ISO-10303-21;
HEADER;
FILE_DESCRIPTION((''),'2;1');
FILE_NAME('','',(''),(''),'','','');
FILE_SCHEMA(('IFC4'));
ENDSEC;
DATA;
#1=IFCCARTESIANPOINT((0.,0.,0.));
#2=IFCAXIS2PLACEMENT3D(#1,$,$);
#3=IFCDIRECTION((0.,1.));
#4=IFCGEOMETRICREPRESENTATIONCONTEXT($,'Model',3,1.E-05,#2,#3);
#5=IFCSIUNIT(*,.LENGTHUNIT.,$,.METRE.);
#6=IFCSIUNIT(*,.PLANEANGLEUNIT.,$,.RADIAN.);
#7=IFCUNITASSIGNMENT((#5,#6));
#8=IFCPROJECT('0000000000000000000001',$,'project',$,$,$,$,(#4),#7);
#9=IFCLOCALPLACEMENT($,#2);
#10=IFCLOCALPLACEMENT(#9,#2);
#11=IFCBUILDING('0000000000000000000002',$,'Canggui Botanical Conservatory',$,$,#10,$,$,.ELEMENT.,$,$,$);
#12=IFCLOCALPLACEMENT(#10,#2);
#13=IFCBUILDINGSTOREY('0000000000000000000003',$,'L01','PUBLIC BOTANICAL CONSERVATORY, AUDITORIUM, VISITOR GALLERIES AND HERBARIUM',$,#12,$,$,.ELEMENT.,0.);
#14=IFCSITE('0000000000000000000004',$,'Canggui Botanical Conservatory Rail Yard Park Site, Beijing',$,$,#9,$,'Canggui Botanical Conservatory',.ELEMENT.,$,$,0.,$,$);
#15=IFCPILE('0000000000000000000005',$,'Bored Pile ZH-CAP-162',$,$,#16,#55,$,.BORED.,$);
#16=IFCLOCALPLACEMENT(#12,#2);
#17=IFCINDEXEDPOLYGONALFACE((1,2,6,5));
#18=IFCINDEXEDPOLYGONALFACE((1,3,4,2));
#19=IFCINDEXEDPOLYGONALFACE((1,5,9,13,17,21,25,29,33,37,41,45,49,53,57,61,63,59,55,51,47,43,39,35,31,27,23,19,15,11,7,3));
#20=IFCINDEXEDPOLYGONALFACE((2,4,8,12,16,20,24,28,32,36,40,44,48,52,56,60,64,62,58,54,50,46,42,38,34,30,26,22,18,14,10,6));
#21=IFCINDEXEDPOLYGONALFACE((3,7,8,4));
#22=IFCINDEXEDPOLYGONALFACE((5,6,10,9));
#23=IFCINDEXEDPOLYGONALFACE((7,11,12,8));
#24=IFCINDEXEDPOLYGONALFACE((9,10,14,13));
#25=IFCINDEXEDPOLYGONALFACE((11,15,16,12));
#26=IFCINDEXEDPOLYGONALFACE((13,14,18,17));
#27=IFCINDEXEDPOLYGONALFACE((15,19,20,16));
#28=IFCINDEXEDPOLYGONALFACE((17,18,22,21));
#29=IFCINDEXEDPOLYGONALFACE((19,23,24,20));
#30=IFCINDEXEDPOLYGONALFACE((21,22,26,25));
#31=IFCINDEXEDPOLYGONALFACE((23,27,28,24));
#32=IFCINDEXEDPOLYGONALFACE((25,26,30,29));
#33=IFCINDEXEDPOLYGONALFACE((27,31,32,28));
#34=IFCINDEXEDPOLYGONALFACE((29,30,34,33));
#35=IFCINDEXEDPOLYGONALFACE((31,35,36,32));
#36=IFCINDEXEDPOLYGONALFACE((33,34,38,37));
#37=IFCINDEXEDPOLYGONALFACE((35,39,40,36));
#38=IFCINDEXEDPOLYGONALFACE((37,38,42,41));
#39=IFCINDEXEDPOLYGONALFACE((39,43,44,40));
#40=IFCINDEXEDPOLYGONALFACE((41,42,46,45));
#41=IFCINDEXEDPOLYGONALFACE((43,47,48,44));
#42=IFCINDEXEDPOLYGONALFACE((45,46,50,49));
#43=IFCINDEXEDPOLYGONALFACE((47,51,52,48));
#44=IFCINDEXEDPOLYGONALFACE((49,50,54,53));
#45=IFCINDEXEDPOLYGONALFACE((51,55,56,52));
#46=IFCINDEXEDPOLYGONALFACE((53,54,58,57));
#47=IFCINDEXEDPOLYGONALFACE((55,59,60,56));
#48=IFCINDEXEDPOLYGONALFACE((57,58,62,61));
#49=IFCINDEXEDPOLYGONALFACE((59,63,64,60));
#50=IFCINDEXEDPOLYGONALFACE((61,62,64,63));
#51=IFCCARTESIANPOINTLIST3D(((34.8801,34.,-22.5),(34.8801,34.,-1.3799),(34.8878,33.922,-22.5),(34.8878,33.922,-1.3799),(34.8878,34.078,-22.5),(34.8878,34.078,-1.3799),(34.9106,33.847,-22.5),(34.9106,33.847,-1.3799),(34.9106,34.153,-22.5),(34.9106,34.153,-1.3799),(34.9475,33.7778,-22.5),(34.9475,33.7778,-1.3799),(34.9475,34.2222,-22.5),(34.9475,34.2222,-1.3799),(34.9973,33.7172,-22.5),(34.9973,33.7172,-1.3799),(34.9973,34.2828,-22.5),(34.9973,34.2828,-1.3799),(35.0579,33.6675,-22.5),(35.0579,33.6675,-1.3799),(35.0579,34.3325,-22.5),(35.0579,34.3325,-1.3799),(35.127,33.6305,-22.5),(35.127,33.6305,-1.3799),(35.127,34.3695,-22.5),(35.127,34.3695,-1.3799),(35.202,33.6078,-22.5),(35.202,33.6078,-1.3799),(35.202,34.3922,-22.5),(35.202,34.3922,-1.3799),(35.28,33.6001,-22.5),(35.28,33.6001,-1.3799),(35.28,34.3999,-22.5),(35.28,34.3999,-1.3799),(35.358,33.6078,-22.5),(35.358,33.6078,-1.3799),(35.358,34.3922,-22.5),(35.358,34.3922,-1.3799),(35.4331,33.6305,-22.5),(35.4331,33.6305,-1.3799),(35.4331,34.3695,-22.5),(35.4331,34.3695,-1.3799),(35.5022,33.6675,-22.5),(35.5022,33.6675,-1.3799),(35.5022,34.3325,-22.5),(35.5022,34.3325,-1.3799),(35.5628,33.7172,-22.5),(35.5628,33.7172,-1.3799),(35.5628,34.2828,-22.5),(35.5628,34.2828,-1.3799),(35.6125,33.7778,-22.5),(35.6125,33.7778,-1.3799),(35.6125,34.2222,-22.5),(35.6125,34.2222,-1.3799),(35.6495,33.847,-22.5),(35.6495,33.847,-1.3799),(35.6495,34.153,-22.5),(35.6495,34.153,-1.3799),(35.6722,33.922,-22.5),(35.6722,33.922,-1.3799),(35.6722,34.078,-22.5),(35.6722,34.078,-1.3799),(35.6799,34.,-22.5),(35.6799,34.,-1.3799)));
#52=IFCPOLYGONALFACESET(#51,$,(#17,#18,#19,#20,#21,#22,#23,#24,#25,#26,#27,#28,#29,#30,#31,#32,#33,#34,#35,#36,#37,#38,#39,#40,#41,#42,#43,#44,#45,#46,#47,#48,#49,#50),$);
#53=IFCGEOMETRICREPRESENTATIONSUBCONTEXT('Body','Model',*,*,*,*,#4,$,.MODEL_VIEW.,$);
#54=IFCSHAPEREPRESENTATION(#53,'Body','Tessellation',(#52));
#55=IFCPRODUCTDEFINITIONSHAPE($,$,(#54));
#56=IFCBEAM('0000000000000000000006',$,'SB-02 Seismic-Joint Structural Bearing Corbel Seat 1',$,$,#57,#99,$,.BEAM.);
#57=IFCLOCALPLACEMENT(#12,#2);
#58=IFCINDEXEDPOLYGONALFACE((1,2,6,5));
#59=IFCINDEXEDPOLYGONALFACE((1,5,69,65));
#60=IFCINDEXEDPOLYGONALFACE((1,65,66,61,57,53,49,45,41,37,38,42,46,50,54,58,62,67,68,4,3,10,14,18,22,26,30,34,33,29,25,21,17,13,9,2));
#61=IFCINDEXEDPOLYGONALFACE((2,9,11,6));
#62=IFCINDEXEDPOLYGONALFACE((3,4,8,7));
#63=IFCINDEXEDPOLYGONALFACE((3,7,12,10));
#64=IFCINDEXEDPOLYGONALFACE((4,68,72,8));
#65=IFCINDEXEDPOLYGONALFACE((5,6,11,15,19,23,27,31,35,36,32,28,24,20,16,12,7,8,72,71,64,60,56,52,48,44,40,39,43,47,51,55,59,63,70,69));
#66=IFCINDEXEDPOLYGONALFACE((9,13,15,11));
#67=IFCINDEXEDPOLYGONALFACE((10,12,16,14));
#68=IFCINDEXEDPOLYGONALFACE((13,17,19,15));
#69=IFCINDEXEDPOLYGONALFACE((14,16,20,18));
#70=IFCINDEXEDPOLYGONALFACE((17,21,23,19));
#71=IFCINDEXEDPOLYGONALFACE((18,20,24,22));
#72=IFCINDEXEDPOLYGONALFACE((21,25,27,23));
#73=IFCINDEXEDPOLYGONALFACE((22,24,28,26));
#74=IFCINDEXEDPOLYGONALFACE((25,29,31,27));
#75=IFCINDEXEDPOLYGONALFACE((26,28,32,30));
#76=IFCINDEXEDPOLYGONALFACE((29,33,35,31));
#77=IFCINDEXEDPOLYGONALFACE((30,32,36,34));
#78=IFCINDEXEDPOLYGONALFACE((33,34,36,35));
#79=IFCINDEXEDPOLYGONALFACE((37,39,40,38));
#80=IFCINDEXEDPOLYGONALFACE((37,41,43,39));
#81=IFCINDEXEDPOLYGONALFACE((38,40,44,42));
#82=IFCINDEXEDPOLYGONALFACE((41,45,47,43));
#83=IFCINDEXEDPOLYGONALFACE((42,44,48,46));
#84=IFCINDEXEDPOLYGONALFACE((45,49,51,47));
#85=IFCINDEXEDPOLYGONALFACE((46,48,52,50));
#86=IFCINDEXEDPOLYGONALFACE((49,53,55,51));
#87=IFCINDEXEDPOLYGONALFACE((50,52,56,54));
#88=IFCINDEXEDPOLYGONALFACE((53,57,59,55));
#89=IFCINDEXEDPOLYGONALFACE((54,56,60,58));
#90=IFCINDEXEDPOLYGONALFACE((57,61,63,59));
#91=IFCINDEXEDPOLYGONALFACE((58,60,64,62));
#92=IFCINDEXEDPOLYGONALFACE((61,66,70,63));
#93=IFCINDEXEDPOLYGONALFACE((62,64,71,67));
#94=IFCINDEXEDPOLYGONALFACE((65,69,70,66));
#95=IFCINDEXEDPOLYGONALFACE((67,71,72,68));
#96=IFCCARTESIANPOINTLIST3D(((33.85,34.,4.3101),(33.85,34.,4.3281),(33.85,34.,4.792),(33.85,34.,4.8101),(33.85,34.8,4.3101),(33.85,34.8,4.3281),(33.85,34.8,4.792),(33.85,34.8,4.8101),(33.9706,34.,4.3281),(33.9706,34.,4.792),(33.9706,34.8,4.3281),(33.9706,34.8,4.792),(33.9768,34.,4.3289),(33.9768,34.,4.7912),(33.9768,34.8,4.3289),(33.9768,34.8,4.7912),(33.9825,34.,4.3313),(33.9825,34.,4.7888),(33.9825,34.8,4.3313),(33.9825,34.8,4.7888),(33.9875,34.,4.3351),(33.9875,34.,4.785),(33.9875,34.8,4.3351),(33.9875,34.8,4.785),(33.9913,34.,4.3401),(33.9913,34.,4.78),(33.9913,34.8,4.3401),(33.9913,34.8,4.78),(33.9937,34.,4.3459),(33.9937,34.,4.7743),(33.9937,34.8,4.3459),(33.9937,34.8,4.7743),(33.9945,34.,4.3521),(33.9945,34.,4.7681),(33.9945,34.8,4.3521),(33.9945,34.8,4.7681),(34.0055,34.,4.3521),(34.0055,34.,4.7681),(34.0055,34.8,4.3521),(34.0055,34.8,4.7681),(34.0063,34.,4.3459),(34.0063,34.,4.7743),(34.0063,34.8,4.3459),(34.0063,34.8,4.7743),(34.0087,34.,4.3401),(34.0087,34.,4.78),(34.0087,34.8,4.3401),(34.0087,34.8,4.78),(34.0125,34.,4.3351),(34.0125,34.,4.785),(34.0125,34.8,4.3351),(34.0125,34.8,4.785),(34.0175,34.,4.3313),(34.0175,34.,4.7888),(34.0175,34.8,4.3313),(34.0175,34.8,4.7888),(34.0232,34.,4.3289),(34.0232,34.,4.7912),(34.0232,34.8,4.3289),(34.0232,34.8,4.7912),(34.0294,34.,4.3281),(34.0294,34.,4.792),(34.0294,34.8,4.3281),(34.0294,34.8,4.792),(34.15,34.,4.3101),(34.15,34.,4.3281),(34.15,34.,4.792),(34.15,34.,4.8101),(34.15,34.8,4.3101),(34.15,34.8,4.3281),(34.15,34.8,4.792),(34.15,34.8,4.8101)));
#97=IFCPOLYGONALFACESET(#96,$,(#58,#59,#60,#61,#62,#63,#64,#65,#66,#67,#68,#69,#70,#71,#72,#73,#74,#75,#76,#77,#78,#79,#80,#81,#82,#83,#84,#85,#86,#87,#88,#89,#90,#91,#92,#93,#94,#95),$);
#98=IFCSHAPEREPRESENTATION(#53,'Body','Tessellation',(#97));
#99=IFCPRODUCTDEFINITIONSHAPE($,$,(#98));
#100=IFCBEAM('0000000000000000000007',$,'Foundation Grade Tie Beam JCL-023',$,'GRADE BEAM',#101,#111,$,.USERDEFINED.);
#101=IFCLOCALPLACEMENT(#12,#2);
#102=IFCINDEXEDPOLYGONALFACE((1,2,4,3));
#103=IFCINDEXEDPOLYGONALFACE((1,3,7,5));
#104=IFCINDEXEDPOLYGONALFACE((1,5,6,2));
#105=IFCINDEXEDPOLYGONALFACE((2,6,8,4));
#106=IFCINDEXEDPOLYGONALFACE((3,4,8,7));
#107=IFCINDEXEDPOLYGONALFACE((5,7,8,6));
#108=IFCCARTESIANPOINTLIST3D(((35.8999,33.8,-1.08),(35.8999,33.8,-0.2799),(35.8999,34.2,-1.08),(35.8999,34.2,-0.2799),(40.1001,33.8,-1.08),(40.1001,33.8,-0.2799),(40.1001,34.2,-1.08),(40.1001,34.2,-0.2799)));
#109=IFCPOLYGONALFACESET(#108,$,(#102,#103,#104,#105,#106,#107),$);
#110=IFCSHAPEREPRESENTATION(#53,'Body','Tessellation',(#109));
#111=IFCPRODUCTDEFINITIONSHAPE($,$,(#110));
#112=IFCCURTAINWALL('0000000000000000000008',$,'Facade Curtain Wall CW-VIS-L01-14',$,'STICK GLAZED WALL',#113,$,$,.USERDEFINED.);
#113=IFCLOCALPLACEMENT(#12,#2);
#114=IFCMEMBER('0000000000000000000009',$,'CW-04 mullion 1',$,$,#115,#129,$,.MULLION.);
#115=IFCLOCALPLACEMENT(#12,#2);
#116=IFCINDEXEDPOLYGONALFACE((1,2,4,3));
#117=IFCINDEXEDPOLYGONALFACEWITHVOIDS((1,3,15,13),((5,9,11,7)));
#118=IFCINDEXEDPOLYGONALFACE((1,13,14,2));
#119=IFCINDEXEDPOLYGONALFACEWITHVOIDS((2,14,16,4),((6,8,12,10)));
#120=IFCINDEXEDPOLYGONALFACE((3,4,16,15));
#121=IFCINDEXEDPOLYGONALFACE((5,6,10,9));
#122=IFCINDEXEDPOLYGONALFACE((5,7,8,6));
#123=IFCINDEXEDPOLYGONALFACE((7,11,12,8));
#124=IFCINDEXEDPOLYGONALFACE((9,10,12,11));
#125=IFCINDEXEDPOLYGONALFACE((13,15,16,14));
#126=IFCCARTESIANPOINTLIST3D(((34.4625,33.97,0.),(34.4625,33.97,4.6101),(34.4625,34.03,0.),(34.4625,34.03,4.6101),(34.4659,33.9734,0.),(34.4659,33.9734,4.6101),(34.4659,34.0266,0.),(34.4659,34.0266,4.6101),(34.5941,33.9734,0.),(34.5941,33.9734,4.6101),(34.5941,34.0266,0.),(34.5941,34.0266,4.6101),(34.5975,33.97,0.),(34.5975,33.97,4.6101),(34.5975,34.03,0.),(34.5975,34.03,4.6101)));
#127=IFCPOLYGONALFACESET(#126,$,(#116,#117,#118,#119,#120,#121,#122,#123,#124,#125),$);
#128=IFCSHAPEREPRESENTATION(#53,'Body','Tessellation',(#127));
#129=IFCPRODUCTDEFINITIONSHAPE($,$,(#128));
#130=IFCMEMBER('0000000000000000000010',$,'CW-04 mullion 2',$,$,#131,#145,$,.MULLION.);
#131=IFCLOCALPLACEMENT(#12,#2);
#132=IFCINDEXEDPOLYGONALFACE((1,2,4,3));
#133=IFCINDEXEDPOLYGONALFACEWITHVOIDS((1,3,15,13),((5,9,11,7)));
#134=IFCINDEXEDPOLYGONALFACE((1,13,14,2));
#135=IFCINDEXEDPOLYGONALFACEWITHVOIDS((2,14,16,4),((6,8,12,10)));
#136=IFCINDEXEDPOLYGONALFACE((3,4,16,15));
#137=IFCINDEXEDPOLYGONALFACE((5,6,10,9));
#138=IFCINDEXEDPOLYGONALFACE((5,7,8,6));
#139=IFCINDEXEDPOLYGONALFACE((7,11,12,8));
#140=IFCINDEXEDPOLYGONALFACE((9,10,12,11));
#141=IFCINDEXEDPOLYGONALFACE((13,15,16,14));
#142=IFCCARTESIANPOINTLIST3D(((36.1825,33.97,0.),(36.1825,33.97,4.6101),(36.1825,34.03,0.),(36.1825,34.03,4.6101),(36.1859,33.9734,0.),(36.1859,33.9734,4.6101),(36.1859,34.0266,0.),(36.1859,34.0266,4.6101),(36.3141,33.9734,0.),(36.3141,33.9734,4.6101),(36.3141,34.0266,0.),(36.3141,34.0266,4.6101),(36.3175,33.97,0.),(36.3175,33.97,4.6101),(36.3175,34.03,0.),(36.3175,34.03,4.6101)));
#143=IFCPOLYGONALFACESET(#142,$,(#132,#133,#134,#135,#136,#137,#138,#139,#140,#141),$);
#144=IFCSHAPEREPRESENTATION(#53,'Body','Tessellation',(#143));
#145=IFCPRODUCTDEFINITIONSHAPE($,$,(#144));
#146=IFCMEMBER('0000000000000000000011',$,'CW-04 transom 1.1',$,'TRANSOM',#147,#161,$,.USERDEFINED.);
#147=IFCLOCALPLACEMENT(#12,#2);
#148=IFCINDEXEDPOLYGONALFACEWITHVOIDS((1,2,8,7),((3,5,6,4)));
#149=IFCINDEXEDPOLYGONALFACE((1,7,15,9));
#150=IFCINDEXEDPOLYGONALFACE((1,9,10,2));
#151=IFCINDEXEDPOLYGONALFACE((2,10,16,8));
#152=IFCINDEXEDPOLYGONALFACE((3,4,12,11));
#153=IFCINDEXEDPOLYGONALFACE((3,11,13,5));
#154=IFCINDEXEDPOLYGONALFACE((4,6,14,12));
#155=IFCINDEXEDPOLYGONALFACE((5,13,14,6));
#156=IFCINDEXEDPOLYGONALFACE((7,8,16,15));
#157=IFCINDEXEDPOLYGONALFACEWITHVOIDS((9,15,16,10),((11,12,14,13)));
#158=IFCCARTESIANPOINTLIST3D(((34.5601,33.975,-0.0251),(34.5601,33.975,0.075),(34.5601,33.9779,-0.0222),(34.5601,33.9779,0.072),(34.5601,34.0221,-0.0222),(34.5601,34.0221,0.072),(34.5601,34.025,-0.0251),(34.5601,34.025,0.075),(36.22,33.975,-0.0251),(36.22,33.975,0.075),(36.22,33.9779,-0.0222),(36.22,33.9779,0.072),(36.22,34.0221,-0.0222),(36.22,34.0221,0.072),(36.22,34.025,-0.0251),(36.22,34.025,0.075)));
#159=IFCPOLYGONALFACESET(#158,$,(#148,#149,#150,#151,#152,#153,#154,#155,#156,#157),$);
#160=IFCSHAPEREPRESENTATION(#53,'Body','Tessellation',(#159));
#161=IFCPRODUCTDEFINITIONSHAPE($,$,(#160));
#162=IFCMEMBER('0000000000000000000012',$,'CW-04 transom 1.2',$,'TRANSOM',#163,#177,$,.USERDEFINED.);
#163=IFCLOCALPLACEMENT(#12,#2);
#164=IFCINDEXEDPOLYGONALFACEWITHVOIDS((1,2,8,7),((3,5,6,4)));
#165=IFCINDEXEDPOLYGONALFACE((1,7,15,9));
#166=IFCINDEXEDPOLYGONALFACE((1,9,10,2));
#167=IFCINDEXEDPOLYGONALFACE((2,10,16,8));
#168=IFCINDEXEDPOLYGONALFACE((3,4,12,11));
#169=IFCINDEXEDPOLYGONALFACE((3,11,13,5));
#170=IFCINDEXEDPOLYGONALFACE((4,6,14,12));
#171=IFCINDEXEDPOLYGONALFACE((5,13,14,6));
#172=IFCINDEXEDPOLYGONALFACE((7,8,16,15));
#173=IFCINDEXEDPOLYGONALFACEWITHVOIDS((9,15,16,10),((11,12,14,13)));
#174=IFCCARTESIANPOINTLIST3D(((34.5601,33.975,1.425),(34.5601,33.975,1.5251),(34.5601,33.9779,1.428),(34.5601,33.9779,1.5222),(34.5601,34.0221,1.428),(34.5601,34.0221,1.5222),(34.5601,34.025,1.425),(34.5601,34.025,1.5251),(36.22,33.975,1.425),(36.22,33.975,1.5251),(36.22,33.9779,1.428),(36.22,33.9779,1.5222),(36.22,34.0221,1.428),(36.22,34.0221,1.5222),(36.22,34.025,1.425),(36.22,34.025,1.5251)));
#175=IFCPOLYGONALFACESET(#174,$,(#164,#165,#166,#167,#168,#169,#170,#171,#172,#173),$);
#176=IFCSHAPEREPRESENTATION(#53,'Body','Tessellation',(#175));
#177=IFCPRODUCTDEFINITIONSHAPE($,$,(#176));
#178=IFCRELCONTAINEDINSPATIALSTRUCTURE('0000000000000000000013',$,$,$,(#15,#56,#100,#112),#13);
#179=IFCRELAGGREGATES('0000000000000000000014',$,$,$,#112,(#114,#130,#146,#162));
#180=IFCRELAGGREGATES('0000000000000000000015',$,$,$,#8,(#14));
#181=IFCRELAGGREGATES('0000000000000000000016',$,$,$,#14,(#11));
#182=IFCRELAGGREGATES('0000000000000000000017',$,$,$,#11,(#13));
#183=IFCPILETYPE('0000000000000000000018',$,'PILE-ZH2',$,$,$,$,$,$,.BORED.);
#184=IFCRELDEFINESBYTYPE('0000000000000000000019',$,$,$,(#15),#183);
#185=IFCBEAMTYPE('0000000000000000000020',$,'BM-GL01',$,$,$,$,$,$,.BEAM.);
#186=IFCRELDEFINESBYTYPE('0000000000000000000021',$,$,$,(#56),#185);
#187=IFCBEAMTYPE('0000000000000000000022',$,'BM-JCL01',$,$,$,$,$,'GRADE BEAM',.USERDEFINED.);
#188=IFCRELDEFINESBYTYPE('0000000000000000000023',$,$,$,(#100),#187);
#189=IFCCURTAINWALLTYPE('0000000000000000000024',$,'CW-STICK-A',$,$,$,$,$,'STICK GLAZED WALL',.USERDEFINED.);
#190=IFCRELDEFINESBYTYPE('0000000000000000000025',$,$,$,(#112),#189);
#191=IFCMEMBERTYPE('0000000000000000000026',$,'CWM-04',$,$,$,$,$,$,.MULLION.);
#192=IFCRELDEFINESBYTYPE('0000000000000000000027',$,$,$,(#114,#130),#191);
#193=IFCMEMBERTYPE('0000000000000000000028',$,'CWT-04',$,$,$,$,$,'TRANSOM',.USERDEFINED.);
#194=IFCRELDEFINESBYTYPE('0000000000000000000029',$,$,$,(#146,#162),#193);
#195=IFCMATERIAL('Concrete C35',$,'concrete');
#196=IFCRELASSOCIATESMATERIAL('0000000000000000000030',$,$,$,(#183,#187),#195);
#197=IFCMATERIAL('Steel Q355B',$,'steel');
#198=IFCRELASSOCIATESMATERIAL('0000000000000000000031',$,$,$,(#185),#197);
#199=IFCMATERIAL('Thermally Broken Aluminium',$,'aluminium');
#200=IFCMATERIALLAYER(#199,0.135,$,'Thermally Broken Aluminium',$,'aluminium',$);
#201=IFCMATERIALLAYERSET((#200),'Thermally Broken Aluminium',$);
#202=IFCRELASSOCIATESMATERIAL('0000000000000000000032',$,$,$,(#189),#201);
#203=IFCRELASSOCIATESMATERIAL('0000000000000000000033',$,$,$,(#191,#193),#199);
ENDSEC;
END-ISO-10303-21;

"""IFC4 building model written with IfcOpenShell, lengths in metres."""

from ifc_helpers import new_model, si_unit, direction, frame, origin, origin_2d, place, context, subcontext, project, spatial, rectangle, hollow_rectangle, circle, i_section, extrude, material, layer, layer_set, material_profile, profile_set, type_object, element, aggregate, save


model = new_model("IFC4")

# Units and contexts
model_context = context("Model", 3, precision=1e-05, world=origin(), true_north=direction((0.0, 1.0)))
body_context = subcontext(model_context, "Body", "Model", "MODEL_VIEW")
ifc_project = project(units=[si_unit("LENGTHUNIT", "METRE"), si_unit("PLANEANGLEUNIT", "RADIAN")], contexts=[model_context])

# Site, building, storey
site_placement = place(None, origin())
site = spatial("IfcSite", under=ifc_project, at=site_placement, Name="Canggui Botanical Conservatory Rail Yard Park Site, Beijing", LongName="Canggui Botanical Conservatory", CompositionType="ELEMENT", RefElevation=0.0)
building_placement = place(site_placement, origin())
building = spatial("IfcBuilding", under=site, at=building_placement, Name="Canggui Botanical Conservatory", CompositionType="ELEMENT")
storey_placement = place(building_placement, origin())
storey = spatial("IfcBuildingStorey", under=building, at=storey_placement, Name="L01", Description="PUBLIC BOTANICAL CONSERVATORY, AUDITORIUM, VISITOR GALLERIES AND HERBARIUM", CompositionType="ELEMENT", Elevation=0.0)

# Pile
ifc_material_1 = material(Name="Concrete C35", Category="concrete")
ifc_material_profile_1 = material_profile(ifc_material_1, circle(Radius=0.3999, at=origin_2d()), Name="PILE D800")
ifc_profile_set_1 = profile_set([ifc_material_profile_1], Name="Concrete C35")
pile_type = type_object("IfcPileType", Name="PILE-ZH2", PredefinedType="BORED", material=ifc_profile_set_1)
pile_placement = place(storey_placement, frame((35.28, 34.0, -1.3799), z_axis=(0.0, 0.0, -1.0), x_axis=(1.0, 0.0, 0.0)))
element("IfcPile", 1, at=pile_placement, inside=storey, type_object=pile_type, Name="Bored Pile ZH-CAP-162", PredefinedType="BORED", context=body_context, shape_type="SweptSolid", body=[
    extrude(circle(Radius=0.3999, at=origin_2d()), origin(), (0.0, 0.0, 1.0), 21.1201),
])

# Beams
ifc_material_2 = material(Name="Steel Q355B", Category="steel")
ifc_material_profile_2 = material_profile(ifc_material_2, i_section(OverallWidth=0.3, OverallDepth=0.5, WebThickness=0.011, FlangeThickness=0.0181, FilletRadius=0.0239, at=origin_2d()), Name="HM 500x300x11x18")
ifc_profile_set_2 = profile_set([ifc_material_profile_2], Name="Steel Q355B")
beam_type_1 = type_object("IfcBeamType", Name="BM-GL01", PredefinedType="BEAM", material=ifc_profile_set_2)
beam_1_placement = place(storey_placement, frame((34.0, 34.0, 4.5601), z_axis=(0.0, 1.0, 0.0), x_axis=(-1.0, 0.0, 0.0)))
element("IfcBeam", 2, at=beam_1_placement, inside=storey, type_object=beam_type_1, Name="SB-02 Seismic-Joint Structural Bearing Corbel Seat 1", PredefinedType="BEAM", context=body_context, shape_type="SweptSolid", body=[
    extrude(i_section(OverallWidth=0.3, OverallDepth=0.5, WebThickness=0.011, FlangeThickness=0.0181, FilletRadius=0.0239, at=origin_2d()), origin(), (0.0, 0.0, 1.0), 0.8),
])
ifc_material_profile_3 = material_profile(ifc_material_1, rectangle(XDim=0.3999, YDim=0.8, at=origin_2d()), Name="RB 400x800")
ifc_profile_set_3 = profile_set([ifc_material_profile_3], Name="Concrete C35")
beam_type_2 = type_object("IfcBeamType", Name="BM-JCL01", ElementType="GRADE BEAM", PredefinedType="USERDEFINED", material=ifc_profile_set_3)
beam_2_placement = place(storey_placement, frame((35.8999, 34.0, -0.6799), z_axis=(1.0, 0.0, 0.0), x_axis=(0.0, 1.0, 0.0)))
element("IfcBeam", 3, at=beam_2_placement, inside=storey, type_object=beam_type_2, Name="Foundation Grade Tie Beam JCL-023", ObjectType="GRADE BEAM", PredefinedType="USERDEFINED", context=body_context, shape_type="SweptSolid", body=[
    extrude(rectangle(XDim=0.3999, YDim=0.8, at=origin_2d()), origin(), (0.0, 0.0, 1.0), 4.2002),
])

# Curtain wall, members
ifc_material_3 = material(Name="Thermally Broken Aluminium", Category="aluminium")
ifc_layer_1 = layer(ifc_material_3, 0.135, Name="Thermally Broken Aluminium", Category="aluminium")
ifc_layer_set_1 = layer_set([ifc_layer_1], Name="Thermally Broken Aluminium")
curtain_wall_type = type_object("IfcCurtainWallType", Name="CW-STICK-A", ElementType="STICK GLAZED WALL", PredefinedType="USERDEFINED", material=ifc_layer_set_1)
curtain_wall_placement = place(storey_placement, origin())
curtain_wall = element("IfcCurtainWall", 4, at=curtain_wall_placement, inside=storey, type_object=curtain_wall_type, Name="Facade Curtain Wall CW-VIS-L01-14", ObjectType="STICK GLAZED WALL", PredefinedType="USERDEFINED")
ifc_material_profile_4 = material_profile(ifc_material_3, hollow_rectangle(XDim=0.0601, YDim=0.135, WallThickness=0.0034, at=origin_2d()), Name="CWM 60x135x3.5")
ifc_profile_set_4 = profile_set([ifc_material_profile_4], Name="Thermally Broken Aluminium")
member_type_1 = type_object("IfcMemberType", Name="CWM-04", PredefinedType="MULLION", material=ifc_profile_set_4)
member_1_placement = place(storey_placement, frame((34.53, 34.0, 0.0), z_axis=(0.0, 0.0, 1.0), x_axis=(0.0, 1.0, 0.0)))
member_1 = element("IfcMember", 5, at=member_1_placement, type_object=member_type_1, Name="CW-04 mullion 1", PredefinedType="MULLION", context=body_context, shape_type="SweptSolid", body=[
    extrude(hollow_rectangle(XDim=0.0601, YDim=0.135, WallThickness=0.0034, at=origin_2d()), origin(), (0.0, 0.0, 1.0), 4.6101),
])
member_2_placement = place(storey_placement, frame((36.25, 34.0, 0.0), z_axis=(0.0, 0.0, 1.0), x_axis=(0.0, 1.0, 0.0)))
member_2 = element("IfcMember", 6, at=member_2_placement, type_object=member_type_1, Name="CW-04 mullion 2", PredefinedType="MULLION", context=body_context, shape_type="SweptSolid", body=[
    extrude(hollow_rectangle(XDim=0.0601, YDim=0.135, WallThickness=0.0034, at=origin_2d()), origin(), (0.0, 0.0, 1.0), 4.6101),
])
ifc_material_profile_5 = material_profile(ifc_material_3, hollow_rectangle(XDim=0.05, YDim=0.1001, WallThickness=0.0029, at=origin_2d()), Name="CWT 50x100x3")
ifc_profile_set_5 = profile_set([ifc_material_profile_5], Name="Thermally Broken Aluminium")
member_type_2 = type_object("IfcMemberType", Name="CWT-04", ElementType="TRANSOM", PredefinedType="USERDEFINED", material=ifc_profile_set_5)
member_3_placement = place(storey_placement, frame((34.5601, 34.0, 0.0249), z_axis=(1.0, 0.0, 0.0), x_axis=(0.0, 1.0, 0.0)))
member_3 = element("IfcMember", 7, at=member_3_placement, type_object=member_type_2, Name="CW-04 transom 1.1", ObjectType="TRANSOM", PredefinedType="USERDEFINED", context=body_context, shape_type="SweptSolid", body=[
    extrude(hollow_rectangle(XDim=0.05, YDim=0.1001, WallThickness=0.0029, at=origin_2d()), origin(), (0.0, 0.0, 1.0), 1.6599),
])
member_4_placement = place(storey_placement, frame((34.5601, 34.0, 1.4751), z_axis=(1.0, 0.0, 0.0), x_axis=(0.0, 1.0, 0.0)))
member_4 = element("IfcMember", 8, at=member_4_placement, type_object=member_type_2, Name="CW-04 transom 1.2", ObjectType="TRANSOM", PredefinedType="USERDEFINED", context=body_context, shape_type="SweptSolid", body=[
    extrude(hollow_rectangle(XDim=0.05, YDim=0.1001, WallThickness=0.0029, at=origin_2d()), origin(), (0.0, 0.0, 1.0), 1.6599),
])

aggregate(curtain_wall, [member_1, member_2, member_3, member_4])

save(model, "model.ifc")
